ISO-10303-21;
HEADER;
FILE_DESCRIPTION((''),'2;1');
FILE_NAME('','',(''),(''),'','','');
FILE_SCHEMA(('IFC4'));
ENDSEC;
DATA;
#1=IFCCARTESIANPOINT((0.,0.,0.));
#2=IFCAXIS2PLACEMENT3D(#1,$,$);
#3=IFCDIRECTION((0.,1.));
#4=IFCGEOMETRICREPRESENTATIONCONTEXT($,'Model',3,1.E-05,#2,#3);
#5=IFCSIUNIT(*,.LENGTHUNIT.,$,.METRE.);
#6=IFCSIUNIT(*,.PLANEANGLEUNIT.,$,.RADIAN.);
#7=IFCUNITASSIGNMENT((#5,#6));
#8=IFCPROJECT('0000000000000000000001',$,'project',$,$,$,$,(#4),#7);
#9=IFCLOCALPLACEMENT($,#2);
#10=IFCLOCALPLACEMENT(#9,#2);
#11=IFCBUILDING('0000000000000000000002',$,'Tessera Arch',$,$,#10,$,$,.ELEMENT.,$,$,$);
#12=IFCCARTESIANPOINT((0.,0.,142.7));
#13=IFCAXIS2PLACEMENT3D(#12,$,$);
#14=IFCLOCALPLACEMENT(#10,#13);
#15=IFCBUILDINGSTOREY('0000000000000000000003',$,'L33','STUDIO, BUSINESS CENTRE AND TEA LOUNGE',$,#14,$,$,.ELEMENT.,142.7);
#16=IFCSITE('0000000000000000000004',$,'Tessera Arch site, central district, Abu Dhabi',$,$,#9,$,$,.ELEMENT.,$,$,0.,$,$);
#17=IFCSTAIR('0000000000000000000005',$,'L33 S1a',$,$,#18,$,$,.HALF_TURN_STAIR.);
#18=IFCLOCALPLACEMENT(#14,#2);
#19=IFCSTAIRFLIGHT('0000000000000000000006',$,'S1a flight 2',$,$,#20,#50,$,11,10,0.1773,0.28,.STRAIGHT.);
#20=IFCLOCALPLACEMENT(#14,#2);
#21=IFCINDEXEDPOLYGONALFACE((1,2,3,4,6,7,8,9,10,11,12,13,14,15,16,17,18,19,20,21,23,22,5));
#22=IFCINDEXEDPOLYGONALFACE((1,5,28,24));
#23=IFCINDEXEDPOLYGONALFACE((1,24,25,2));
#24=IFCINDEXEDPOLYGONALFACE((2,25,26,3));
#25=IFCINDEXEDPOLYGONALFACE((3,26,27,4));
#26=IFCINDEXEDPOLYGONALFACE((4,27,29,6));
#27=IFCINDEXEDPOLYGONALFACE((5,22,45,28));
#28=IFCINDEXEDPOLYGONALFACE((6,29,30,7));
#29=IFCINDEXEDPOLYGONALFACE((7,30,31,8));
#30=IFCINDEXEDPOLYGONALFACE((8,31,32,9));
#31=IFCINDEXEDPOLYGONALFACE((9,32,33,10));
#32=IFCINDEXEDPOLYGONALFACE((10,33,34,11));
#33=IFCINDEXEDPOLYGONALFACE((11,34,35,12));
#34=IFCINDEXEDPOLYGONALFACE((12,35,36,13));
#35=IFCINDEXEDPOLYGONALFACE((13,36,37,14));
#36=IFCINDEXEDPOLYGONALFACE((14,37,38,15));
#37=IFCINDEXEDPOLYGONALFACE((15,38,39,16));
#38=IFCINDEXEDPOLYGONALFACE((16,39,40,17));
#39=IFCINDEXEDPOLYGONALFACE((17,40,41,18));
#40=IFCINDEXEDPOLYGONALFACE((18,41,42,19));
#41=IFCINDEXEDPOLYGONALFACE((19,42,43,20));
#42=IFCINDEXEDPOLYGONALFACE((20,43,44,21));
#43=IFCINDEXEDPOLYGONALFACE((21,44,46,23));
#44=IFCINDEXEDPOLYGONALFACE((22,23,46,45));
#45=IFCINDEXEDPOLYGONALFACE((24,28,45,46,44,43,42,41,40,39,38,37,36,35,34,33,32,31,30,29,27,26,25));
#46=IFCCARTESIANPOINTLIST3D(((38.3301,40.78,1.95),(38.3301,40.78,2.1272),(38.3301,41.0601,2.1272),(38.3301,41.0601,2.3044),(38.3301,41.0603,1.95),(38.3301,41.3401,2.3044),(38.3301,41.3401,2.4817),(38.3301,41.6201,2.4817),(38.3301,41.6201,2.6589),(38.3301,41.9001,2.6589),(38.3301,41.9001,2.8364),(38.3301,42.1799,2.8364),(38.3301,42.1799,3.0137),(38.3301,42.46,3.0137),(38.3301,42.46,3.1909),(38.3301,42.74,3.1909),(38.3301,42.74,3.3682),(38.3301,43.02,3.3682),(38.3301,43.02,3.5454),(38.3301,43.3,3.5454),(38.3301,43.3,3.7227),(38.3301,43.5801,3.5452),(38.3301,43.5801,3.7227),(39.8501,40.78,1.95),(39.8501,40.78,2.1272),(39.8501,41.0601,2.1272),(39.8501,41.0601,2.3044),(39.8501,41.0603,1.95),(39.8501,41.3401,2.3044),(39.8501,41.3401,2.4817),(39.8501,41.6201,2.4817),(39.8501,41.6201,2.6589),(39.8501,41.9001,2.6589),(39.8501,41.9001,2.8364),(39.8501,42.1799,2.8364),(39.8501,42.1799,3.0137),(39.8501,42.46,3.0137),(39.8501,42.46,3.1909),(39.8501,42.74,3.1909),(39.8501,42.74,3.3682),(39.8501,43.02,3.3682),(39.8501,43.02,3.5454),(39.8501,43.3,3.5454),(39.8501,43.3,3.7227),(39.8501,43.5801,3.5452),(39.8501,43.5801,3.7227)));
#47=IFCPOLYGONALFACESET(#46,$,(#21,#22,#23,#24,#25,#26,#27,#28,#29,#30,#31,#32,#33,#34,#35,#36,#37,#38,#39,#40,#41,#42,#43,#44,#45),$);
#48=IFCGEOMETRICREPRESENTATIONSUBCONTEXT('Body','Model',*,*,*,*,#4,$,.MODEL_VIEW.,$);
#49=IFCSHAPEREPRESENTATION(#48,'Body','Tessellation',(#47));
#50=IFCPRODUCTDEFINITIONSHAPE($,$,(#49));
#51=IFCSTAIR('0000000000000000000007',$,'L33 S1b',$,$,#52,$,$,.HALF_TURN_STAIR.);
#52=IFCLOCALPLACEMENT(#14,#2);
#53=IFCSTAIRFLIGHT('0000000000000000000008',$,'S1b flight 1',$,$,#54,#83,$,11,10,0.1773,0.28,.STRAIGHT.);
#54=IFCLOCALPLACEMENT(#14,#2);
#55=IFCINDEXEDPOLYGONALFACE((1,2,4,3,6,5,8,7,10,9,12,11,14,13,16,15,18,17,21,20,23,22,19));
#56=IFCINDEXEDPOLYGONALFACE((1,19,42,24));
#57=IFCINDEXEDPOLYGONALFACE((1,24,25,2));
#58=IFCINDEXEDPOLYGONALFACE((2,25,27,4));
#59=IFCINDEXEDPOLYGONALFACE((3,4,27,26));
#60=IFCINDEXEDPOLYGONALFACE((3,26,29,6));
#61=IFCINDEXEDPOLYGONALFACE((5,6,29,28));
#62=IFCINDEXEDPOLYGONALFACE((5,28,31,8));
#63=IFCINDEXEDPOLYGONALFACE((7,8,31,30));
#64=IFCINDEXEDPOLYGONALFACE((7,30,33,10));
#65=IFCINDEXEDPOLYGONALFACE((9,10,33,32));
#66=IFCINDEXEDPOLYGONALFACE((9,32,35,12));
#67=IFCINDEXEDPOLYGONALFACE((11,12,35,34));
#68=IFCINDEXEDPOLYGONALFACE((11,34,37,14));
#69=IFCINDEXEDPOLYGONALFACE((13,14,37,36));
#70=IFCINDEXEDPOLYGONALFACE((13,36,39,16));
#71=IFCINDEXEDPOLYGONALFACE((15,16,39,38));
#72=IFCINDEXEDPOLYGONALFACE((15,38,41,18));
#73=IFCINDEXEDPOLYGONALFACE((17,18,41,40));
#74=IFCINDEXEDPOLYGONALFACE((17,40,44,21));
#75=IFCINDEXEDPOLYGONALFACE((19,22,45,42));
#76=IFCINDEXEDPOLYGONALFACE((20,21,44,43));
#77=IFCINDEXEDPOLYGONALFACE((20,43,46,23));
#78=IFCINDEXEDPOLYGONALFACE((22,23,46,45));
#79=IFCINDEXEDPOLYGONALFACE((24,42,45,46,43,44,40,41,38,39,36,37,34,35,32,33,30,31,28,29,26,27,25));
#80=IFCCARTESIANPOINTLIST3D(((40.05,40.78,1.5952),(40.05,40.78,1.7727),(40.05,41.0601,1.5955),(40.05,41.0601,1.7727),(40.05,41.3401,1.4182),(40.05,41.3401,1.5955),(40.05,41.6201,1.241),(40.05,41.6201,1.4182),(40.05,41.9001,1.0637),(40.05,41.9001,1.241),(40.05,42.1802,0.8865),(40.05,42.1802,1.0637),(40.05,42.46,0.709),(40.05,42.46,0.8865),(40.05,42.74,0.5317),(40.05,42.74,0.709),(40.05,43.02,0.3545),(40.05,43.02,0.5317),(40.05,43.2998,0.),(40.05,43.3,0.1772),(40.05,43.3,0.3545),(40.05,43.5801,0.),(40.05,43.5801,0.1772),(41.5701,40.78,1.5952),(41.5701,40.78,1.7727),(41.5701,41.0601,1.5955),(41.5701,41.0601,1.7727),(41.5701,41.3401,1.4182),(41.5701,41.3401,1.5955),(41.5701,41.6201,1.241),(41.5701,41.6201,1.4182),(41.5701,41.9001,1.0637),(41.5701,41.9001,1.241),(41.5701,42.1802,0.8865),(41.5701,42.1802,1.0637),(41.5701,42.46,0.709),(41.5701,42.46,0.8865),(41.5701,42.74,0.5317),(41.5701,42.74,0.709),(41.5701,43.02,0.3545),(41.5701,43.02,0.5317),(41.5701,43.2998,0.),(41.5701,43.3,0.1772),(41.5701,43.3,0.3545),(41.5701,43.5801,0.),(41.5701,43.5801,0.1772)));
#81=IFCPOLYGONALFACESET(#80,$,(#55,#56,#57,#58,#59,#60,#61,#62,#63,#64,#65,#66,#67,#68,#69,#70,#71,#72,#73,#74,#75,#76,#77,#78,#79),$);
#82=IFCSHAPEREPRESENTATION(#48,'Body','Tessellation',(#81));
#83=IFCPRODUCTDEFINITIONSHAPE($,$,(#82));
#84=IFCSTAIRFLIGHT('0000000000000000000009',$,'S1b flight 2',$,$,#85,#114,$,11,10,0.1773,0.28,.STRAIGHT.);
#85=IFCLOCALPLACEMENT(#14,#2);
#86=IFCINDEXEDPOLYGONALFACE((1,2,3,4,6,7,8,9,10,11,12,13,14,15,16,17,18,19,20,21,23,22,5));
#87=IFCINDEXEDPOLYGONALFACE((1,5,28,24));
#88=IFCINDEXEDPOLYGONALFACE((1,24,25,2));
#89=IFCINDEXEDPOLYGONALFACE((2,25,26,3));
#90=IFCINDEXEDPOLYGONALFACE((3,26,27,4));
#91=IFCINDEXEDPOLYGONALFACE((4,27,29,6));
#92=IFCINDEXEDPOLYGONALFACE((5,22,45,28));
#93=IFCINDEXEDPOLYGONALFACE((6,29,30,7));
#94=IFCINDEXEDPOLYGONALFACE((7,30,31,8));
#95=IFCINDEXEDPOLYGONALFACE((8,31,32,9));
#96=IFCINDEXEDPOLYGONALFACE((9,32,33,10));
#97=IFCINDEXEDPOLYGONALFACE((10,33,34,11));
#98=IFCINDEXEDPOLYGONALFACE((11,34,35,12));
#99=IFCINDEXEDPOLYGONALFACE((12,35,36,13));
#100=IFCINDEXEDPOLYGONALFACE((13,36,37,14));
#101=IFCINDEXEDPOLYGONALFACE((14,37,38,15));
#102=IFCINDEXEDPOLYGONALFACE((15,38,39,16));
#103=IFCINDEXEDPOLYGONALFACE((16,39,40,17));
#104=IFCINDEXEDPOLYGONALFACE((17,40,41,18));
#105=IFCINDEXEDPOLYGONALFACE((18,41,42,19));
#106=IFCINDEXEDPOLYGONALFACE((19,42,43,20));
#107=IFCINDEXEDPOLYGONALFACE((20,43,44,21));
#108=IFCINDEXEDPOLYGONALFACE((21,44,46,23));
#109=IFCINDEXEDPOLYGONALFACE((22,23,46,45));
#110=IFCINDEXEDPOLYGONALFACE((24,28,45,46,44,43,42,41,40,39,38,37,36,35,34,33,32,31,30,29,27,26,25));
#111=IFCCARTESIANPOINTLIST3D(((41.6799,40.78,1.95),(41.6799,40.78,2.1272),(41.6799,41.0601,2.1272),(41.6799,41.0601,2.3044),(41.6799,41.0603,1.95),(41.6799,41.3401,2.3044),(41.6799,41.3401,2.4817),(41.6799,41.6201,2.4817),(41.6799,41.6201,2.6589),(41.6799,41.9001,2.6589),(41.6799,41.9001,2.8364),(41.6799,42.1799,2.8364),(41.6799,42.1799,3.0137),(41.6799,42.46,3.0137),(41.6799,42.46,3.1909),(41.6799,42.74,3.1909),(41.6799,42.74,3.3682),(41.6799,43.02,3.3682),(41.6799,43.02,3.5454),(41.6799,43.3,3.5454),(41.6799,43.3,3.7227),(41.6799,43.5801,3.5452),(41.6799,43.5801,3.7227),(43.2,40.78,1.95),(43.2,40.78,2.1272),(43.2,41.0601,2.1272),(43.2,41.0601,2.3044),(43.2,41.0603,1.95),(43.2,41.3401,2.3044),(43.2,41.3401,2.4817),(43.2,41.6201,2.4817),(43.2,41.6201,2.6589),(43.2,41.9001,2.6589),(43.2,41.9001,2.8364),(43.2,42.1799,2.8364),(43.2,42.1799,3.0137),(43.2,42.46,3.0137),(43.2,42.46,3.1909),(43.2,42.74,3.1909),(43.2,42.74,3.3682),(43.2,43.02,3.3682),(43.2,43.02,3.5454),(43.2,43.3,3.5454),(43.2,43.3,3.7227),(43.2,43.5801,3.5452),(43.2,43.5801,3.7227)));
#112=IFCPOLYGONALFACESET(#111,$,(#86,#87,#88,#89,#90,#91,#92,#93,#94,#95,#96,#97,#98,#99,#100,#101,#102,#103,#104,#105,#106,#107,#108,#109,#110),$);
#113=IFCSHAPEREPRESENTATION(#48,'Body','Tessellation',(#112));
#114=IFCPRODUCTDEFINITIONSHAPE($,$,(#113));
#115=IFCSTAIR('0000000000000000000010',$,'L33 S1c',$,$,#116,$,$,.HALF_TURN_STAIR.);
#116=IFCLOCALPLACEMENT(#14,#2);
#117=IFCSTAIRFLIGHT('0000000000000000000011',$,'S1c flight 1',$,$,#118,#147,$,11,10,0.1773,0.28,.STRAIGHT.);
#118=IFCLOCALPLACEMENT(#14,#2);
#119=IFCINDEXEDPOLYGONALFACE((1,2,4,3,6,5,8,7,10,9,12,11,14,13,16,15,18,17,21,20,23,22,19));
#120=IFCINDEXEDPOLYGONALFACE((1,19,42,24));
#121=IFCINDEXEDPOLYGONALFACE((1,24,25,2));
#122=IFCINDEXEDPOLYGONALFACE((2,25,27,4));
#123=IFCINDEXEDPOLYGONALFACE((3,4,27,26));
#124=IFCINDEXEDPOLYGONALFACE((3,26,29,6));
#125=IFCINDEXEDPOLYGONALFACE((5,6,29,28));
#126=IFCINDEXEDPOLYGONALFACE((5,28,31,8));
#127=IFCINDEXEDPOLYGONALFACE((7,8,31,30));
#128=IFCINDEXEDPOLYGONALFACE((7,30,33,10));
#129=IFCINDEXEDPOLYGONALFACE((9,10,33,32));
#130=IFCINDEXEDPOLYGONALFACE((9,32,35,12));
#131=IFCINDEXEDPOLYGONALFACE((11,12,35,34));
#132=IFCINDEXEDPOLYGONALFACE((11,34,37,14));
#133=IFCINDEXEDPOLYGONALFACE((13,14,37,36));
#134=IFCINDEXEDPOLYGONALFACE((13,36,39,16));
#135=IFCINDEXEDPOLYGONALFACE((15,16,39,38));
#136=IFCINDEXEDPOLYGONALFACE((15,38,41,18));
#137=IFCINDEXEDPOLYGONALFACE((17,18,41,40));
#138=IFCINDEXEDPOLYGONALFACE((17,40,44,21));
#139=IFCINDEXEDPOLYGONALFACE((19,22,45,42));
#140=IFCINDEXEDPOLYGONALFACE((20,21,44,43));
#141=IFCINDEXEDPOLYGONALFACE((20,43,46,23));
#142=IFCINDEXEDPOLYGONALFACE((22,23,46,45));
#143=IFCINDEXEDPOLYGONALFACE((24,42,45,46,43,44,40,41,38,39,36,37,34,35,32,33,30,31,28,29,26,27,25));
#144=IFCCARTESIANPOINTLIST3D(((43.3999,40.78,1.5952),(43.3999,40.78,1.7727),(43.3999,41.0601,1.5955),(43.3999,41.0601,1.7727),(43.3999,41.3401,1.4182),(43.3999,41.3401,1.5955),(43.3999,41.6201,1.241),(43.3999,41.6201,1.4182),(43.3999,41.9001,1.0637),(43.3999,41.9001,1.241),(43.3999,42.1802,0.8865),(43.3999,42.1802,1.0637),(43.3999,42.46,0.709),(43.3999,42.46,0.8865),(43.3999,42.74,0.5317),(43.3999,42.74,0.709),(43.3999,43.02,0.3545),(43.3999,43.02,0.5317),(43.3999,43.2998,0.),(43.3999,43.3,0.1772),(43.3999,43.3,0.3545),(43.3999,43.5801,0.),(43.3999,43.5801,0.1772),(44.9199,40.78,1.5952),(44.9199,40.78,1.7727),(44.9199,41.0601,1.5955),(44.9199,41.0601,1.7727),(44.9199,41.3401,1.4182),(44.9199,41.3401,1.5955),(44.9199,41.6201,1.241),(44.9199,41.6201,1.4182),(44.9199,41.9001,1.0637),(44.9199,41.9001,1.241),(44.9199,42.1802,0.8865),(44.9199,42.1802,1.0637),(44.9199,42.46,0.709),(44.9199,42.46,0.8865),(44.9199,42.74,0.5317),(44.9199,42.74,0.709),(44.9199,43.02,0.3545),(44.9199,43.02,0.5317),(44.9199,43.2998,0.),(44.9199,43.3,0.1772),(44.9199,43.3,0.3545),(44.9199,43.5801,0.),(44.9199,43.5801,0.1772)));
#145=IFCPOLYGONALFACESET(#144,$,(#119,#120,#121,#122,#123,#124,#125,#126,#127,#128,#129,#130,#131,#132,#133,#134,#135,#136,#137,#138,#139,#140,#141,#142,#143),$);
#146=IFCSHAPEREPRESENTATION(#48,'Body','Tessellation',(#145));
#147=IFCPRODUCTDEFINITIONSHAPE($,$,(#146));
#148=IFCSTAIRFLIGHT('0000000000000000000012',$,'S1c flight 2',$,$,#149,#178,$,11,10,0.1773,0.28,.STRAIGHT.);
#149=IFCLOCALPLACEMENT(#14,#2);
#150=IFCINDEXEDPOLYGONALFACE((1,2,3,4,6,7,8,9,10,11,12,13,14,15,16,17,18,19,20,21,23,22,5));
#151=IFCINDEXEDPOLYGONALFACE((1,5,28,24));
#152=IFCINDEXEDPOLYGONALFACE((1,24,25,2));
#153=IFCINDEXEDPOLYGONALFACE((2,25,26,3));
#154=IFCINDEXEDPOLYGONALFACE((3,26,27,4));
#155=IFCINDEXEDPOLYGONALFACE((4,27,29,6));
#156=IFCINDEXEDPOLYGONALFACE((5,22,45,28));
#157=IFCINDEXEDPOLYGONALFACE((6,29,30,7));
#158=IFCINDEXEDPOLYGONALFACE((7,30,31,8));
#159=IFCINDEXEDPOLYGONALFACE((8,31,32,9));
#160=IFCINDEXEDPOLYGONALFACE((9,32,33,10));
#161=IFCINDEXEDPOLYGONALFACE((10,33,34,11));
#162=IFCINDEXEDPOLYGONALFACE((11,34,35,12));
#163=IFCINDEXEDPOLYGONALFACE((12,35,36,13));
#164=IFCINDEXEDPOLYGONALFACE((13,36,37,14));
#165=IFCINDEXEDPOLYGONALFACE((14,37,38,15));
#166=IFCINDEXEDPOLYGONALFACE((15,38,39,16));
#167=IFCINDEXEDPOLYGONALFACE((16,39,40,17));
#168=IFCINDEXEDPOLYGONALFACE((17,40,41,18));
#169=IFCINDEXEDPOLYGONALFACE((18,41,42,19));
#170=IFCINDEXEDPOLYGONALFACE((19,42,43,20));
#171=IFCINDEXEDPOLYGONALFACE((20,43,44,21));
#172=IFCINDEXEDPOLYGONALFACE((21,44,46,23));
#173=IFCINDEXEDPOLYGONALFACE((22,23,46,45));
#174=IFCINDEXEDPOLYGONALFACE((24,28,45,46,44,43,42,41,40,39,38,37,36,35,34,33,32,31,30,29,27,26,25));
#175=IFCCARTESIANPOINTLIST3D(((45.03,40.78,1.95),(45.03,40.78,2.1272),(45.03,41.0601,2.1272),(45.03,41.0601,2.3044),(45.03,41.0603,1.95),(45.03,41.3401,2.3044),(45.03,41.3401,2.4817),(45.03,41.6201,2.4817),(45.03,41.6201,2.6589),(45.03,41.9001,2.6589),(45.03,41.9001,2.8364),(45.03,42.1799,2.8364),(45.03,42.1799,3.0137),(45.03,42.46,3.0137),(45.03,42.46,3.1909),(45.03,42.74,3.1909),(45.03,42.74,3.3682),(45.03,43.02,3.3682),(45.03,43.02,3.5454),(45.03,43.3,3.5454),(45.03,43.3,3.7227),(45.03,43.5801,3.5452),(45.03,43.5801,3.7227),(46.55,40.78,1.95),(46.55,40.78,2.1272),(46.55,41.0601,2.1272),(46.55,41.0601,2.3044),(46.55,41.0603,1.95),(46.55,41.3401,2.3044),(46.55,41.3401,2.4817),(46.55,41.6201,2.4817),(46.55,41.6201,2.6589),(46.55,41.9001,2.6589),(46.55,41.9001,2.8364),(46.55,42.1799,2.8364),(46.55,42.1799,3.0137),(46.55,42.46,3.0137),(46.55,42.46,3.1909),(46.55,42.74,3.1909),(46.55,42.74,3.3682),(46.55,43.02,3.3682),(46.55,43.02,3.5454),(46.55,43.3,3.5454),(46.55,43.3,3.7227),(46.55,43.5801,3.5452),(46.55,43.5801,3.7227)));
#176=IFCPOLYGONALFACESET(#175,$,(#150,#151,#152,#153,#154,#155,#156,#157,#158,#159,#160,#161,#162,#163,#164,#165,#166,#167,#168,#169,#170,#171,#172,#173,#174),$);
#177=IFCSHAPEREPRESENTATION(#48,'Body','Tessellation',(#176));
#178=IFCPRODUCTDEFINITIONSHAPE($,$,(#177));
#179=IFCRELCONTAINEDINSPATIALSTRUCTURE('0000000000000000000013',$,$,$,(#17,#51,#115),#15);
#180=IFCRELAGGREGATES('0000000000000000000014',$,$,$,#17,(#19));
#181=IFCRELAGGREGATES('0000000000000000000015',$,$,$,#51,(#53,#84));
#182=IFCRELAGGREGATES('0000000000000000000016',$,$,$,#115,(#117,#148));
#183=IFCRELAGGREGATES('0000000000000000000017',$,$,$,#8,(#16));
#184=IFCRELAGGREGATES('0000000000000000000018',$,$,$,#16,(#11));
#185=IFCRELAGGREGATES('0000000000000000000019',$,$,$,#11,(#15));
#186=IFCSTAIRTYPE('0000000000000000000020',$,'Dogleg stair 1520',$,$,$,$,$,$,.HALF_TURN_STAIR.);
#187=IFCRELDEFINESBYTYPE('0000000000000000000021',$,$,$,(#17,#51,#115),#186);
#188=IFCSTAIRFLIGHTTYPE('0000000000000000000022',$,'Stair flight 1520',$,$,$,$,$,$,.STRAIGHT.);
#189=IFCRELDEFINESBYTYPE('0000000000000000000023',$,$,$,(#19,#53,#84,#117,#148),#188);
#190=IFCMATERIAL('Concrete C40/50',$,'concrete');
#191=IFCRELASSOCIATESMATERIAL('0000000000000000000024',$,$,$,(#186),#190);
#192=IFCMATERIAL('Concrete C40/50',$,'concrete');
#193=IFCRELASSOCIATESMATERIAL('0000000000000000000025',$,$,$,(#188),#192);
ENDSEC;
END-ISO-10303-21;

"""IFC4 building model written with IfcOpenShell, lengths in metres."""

from ifc_helpers import new_model, si_unit, direction, frame, origin, place, context, subcontext, project, spatial, polyline, outline, extrude, material, type_object, element, aggregate, save


model = new_model("IFC4")

# Units and contexts
model_context = context("Model", 3, precision=1e-05, world=origin(), true_north=direction((0.0, 1.0)))
body_context = subcontext(model_context, "Body", "Model", "MODEL_VIEW")
ifc_project = project(units=[si_unit("LENGTHUNIT", "METRE"), si_unit("PLANEANGLEUNIT", "RADIAN")], contexts=[model_context])

# Site, building, storey
site_placement = place(None, origin())
site = spatial("IfcSite", under=ifc_project, at=site_placement, Name="Tessera Arch site, central district, Abu Dhabi", CompositionType="ELEMENT", RefElevation=0.0)
building_placement = place(site_placement, origin())
building = spatial("IfcBuilding", under=site, at=building_placement, Name="Tessera Arch", CompositionType="ELEMENT")
storey_placement = place(building_placement, frame((0.0, 0.0, 142.7)))
storey = spatial("IfcBuildingStorey", under=building, at=storey_placement, Name="L33", Description="STUDIO, BUSINESS CENTRE AND TEA LOUNGE", CompositionType="ELEMENT", Elevation=142.7)

# Stair, stair flight
ifc_material_1 = material(Name="Concrete C40/50", Category="concrete")
stair_type = type_object("IfcStairType", Name="Dogleg stair 1520", PredefinedType="HALF_TURN_STAIR", material=ifc_material_1)
stair_1_placement = place(storey_placement, origin())
stair_1 = element("IfcStair", 1, at=stair_1_placement, inside=storey, type_object=stair_type, Name="L33 S1a", PredefinedType="HALF_TURN_STAIR")
ifc_material_2 = material(Name="Concrete C40/50", Category="concrete")
stair_flight_type = type_object("IfcStairFlightType", Name="Stair flight 1520", PredefinedType="STRAIGHT", material=ifc_material_2)
stair_flight_1_placement = place(storey_placement, frame((39.0901, 40.78, 1.95), z_axis=(0.0, 0.0, 1.0), x_axis=(0.0, 1.0, 0.0)))
stair_flight_1 = element("IfcStairFlight", 2, at=stair_flight_1_placement, type_object=stair_flight_type, Name="S1a flight 2", NumberOfRisers=11, NumberOfTreads=10, PredefinedType="STRAIGHT", RiserHeight=0.1773, TreadLength=0.28, context=body_context, shape_type="SweptSolid", body=[
    extrude(outline(polyline([(0.0, 0.0), (0.0, 0.1772), (0.28, 0.1772), (0.28, 0.3545), (0.5601, 0.3545), (0.5601, 0.5317), (0.8401, 0.5317), (0.8401, 0.709), (1.1201, 0.709), (1.1201, 0.8865), (1.3999, 0.8865), (1.3999, 1.0637), (1.6799, 1.0637), (1.6799, 1.241), (1.96, 1.241), (1.96, 1.4182), (2.24, 1.4182), (2.24, 1.5955), (2.52, 1.5955), (2.52, 1.7727), (2.8, 1.7727), (2.8, 1.95), (2.8, 1.5952), (0.2803, 0.0), (0.0, 0.0)])), frame((0.0, 0.76, 0.0), z_axis=(0.0, -1.0, 0.0), x_axis=(1.0, 0.0, 0.0)), (0.0, 0.0, 1.0), 1.52),
])
aggregate(stair_1, [stair_flight_1])

# Stairs, stair flights
stair_2_placement = place(storey_placement, origin())
stair_2 = element("IfcStair", 3, at=stair_2_placement, inside=storey, type_object=stair_type, Name="L33 S1b", PredefinedType="HALF_TURN_STAIR")
stair_flight_2_placement = place(storey_placement, frame((40.8101, 43.5801, 0.0), z_axis=(0.0, 0.0, 1.0), x_axis=(0.0, -1.0, 0.0)))
stair_flight_2 = element("IfcStairFlight", 4, at=stair_flight_2_placement, type_object=stair_flight_type, Name="S1b flight 1", NumberOfRisers=11, NumberOfTreads=10, PredefinedType="STRAIGHT", RiserHeight=0.1773, TreadLength=0.28, context=body_context, shape_type="SweptSolid", body=[
    extrude(outline(polyline([(0.0, 0.0), (0.0, 0.1772), (0.28, 0.1772), (0.28, 0.3545), (0.5601, 0.3545), (0.5601, 0.5317), (0.8401, 0.5317), (0.8401, 0.709), (1.1201, 0.709), (1.1201, 0.8865), (1.3999, 0.8865), (1.3999, 1.0637), (1.6799, 1.0637), (1.6799, 1.241), (1.96, 1.241), (1.96, 1.4182), (2.24, 1.4182), (2.24, 1.5955), (2.52, 1.5955), (2.52, 1.7727), (2.8, 1.7727), (2.8, 1.95), (2.8, 1.5952), (0.2803, 0.0), (0.0, 0.0)])), frame((0.0, 0.76, 0.0), z_axis=(0.0, -1.0, 0.0), x_axis=(1.0, 0.0, 0.0)), (0.0, 0.0, 1.0), 1.52),
])
stair_flight_3_placement = place(storey_placement, frame((42.4399, 40.78, 1.95), z_axis=(0.0, 0.0, 1.0), x_axis=(0.0, 1.0, 0.0)))
stair_flight_3 = element("IfcStairFlight", 5, at=stair_flight_3_placement, type_object=stair_flight_type, Name="S1b flight 2", NumberOfRisers=11, NumberOfTreads=10, PredefinedType="STRAIGHT", RiserHeight=0.1773, TreadLength=0.28, context=body_context, shape_type="SweptSolid", body=[
    extrude(outline(polyline([(0.0, 0.0), (0.0, 0.1772), (0.28, 0.1772), (0.28, 0.3545), (0.5601, 0.3545), (0.5601, 0.5317), (0.8401, 0.5317), (0.8401, 0.709), (1.1201, 0.709), (1.1201, 0.8865), (1.3999, 0.8865), (1.3999, 1.0637), (1.6799, 1.0637), (1.6799, 1.241), (1.96, 1.241), (1.96, 1.4182), (2.24, 1.4182), (2.24, 1.5955), (2.52, 1.5955), (2.52, 1.7727), (2.8, 1.7727), (2.8, 1.95), (2.8, 1.5952), (0.2803, 0.0), (0.0, 0.0)])), frame((0.0, 0.76, 0.0), z_axis=(0.0, -1.0, 0.0), x_axis=(1.0, 0.0, 0.0)), (0.0, 0.0, 1.0), 1.52),
])
aggregate(stair_2, [stair_flight_2, stair_flight_3])
stair_3_placement = place(storey_placement, origin())
stair_3 = element("IfcStair", 6, at=stair_3_placement, inside=storey, type_object=stair_type, Name="L33 S1c", PredefinedType="HALF_TURN_STAIR")
stair_flight_4_placement = place(storey_placement, frame((44.1599, 43.5801, 0.0), z_axis=(0.0, 0.0, 1.0), x_axis=(0.0, -1.0, 0.0)))
stair_flight_4 = element("IfcStairFlight", 7, at=stair_flight_4_placement, type_object=stair_flight_type, Name="S1c flight 1", NumberOfRisers=11, NumberOfTreads=10, PredefinedType="STRAIGHT", RiserHeight=0.1773, TreadLength=0.28, context=body_context, shape_type="SweptSolid", body=[
    extrude(outline(polyline([(0.0, 0.0), (0.0, 0.1772), (0.28, 0.1772), (0.28, 0.3545), (0.5601, 0.3545), (0.5601, 0.5317), (0.8401, 0.5317), (0.8401, 0.709), (1.1201, 0.709), (1.1201, 0.8865), (1.3999, 0.8865), (1.3999, 1.0637), (1.6799, 1.0637), (1.6799, 1.241), (1.96, 1.241), (1.96, 1.4182), (2.24, 1.4182), (2.24, 1.5955), (2.52, 1.5955), (2.52, 1.7727), (2.8, 1.7727), (2.8, 1.95), (2.8, 1.5952), (0.2803, 0.0), (0.0, 0.0)])), frame((0.0, 0.76, 0.0), z_axis=(0.0, -1.0, 0.0), x_axis=(1.0, 0.0, 0.0)), (0.0, 0.0, 1.0), 1.52),
])
stair_flight_5_placement = place(storey_placement, frame((45.79, 40.78, 1.95), z_axis=(0.0, 0.0, 1.0), x_axis=(0.0, 1.0, 0.0)))
stair_flight_5 = element("IfcStairFlight", 8, at=stair_flight_5_placement, type_object=stair_flight_type, Name="S1c flight 2", NumberOfRisers=11, NumberOfTreads=10, PredefinedType="STRAIGHT", RiserHeight=0.1773, TreadLength=0.28, context=body_context, shape_type="SweptSolid", body=[
    extrude(outline(polyline([(0.0, 0.0), (0.0, 0.1772), (0.28, 0.1772), (0.28, 0.3545), (0.5601, 0.3545), (0.5601, 0.5317), (0.8401, 0.5317), (0.8401, 0.709), (1.1201, 0.709), (1.1201, 0.8865), (1.3999, 0.8865), (1.3999, 1.0637), (1.6799, 1.0637), (1.6799, 1.241), (1.96, 1.241), (1.96, 1.4182), (2.24, 1.4182), (2.24, 1.5955), (2.52, 1.5955), (2.52, 1.7727), (2.8, 1.7727), (2.8, 1.95), (2.8, 1.5952), (0.2803, 0.0), (0.0, 0.0)])), frame((0.0, 0.76, 0.0), z_axis=(0.0, -1.0, 0.0), x_axis=(1.0, 0.0, 0.0)), (0.0, 0.0, 1.0), 1.52),
])
aggregate(stair_3, [stair_flight_4, stair_flight_5])

save(model, "model.ifc")
